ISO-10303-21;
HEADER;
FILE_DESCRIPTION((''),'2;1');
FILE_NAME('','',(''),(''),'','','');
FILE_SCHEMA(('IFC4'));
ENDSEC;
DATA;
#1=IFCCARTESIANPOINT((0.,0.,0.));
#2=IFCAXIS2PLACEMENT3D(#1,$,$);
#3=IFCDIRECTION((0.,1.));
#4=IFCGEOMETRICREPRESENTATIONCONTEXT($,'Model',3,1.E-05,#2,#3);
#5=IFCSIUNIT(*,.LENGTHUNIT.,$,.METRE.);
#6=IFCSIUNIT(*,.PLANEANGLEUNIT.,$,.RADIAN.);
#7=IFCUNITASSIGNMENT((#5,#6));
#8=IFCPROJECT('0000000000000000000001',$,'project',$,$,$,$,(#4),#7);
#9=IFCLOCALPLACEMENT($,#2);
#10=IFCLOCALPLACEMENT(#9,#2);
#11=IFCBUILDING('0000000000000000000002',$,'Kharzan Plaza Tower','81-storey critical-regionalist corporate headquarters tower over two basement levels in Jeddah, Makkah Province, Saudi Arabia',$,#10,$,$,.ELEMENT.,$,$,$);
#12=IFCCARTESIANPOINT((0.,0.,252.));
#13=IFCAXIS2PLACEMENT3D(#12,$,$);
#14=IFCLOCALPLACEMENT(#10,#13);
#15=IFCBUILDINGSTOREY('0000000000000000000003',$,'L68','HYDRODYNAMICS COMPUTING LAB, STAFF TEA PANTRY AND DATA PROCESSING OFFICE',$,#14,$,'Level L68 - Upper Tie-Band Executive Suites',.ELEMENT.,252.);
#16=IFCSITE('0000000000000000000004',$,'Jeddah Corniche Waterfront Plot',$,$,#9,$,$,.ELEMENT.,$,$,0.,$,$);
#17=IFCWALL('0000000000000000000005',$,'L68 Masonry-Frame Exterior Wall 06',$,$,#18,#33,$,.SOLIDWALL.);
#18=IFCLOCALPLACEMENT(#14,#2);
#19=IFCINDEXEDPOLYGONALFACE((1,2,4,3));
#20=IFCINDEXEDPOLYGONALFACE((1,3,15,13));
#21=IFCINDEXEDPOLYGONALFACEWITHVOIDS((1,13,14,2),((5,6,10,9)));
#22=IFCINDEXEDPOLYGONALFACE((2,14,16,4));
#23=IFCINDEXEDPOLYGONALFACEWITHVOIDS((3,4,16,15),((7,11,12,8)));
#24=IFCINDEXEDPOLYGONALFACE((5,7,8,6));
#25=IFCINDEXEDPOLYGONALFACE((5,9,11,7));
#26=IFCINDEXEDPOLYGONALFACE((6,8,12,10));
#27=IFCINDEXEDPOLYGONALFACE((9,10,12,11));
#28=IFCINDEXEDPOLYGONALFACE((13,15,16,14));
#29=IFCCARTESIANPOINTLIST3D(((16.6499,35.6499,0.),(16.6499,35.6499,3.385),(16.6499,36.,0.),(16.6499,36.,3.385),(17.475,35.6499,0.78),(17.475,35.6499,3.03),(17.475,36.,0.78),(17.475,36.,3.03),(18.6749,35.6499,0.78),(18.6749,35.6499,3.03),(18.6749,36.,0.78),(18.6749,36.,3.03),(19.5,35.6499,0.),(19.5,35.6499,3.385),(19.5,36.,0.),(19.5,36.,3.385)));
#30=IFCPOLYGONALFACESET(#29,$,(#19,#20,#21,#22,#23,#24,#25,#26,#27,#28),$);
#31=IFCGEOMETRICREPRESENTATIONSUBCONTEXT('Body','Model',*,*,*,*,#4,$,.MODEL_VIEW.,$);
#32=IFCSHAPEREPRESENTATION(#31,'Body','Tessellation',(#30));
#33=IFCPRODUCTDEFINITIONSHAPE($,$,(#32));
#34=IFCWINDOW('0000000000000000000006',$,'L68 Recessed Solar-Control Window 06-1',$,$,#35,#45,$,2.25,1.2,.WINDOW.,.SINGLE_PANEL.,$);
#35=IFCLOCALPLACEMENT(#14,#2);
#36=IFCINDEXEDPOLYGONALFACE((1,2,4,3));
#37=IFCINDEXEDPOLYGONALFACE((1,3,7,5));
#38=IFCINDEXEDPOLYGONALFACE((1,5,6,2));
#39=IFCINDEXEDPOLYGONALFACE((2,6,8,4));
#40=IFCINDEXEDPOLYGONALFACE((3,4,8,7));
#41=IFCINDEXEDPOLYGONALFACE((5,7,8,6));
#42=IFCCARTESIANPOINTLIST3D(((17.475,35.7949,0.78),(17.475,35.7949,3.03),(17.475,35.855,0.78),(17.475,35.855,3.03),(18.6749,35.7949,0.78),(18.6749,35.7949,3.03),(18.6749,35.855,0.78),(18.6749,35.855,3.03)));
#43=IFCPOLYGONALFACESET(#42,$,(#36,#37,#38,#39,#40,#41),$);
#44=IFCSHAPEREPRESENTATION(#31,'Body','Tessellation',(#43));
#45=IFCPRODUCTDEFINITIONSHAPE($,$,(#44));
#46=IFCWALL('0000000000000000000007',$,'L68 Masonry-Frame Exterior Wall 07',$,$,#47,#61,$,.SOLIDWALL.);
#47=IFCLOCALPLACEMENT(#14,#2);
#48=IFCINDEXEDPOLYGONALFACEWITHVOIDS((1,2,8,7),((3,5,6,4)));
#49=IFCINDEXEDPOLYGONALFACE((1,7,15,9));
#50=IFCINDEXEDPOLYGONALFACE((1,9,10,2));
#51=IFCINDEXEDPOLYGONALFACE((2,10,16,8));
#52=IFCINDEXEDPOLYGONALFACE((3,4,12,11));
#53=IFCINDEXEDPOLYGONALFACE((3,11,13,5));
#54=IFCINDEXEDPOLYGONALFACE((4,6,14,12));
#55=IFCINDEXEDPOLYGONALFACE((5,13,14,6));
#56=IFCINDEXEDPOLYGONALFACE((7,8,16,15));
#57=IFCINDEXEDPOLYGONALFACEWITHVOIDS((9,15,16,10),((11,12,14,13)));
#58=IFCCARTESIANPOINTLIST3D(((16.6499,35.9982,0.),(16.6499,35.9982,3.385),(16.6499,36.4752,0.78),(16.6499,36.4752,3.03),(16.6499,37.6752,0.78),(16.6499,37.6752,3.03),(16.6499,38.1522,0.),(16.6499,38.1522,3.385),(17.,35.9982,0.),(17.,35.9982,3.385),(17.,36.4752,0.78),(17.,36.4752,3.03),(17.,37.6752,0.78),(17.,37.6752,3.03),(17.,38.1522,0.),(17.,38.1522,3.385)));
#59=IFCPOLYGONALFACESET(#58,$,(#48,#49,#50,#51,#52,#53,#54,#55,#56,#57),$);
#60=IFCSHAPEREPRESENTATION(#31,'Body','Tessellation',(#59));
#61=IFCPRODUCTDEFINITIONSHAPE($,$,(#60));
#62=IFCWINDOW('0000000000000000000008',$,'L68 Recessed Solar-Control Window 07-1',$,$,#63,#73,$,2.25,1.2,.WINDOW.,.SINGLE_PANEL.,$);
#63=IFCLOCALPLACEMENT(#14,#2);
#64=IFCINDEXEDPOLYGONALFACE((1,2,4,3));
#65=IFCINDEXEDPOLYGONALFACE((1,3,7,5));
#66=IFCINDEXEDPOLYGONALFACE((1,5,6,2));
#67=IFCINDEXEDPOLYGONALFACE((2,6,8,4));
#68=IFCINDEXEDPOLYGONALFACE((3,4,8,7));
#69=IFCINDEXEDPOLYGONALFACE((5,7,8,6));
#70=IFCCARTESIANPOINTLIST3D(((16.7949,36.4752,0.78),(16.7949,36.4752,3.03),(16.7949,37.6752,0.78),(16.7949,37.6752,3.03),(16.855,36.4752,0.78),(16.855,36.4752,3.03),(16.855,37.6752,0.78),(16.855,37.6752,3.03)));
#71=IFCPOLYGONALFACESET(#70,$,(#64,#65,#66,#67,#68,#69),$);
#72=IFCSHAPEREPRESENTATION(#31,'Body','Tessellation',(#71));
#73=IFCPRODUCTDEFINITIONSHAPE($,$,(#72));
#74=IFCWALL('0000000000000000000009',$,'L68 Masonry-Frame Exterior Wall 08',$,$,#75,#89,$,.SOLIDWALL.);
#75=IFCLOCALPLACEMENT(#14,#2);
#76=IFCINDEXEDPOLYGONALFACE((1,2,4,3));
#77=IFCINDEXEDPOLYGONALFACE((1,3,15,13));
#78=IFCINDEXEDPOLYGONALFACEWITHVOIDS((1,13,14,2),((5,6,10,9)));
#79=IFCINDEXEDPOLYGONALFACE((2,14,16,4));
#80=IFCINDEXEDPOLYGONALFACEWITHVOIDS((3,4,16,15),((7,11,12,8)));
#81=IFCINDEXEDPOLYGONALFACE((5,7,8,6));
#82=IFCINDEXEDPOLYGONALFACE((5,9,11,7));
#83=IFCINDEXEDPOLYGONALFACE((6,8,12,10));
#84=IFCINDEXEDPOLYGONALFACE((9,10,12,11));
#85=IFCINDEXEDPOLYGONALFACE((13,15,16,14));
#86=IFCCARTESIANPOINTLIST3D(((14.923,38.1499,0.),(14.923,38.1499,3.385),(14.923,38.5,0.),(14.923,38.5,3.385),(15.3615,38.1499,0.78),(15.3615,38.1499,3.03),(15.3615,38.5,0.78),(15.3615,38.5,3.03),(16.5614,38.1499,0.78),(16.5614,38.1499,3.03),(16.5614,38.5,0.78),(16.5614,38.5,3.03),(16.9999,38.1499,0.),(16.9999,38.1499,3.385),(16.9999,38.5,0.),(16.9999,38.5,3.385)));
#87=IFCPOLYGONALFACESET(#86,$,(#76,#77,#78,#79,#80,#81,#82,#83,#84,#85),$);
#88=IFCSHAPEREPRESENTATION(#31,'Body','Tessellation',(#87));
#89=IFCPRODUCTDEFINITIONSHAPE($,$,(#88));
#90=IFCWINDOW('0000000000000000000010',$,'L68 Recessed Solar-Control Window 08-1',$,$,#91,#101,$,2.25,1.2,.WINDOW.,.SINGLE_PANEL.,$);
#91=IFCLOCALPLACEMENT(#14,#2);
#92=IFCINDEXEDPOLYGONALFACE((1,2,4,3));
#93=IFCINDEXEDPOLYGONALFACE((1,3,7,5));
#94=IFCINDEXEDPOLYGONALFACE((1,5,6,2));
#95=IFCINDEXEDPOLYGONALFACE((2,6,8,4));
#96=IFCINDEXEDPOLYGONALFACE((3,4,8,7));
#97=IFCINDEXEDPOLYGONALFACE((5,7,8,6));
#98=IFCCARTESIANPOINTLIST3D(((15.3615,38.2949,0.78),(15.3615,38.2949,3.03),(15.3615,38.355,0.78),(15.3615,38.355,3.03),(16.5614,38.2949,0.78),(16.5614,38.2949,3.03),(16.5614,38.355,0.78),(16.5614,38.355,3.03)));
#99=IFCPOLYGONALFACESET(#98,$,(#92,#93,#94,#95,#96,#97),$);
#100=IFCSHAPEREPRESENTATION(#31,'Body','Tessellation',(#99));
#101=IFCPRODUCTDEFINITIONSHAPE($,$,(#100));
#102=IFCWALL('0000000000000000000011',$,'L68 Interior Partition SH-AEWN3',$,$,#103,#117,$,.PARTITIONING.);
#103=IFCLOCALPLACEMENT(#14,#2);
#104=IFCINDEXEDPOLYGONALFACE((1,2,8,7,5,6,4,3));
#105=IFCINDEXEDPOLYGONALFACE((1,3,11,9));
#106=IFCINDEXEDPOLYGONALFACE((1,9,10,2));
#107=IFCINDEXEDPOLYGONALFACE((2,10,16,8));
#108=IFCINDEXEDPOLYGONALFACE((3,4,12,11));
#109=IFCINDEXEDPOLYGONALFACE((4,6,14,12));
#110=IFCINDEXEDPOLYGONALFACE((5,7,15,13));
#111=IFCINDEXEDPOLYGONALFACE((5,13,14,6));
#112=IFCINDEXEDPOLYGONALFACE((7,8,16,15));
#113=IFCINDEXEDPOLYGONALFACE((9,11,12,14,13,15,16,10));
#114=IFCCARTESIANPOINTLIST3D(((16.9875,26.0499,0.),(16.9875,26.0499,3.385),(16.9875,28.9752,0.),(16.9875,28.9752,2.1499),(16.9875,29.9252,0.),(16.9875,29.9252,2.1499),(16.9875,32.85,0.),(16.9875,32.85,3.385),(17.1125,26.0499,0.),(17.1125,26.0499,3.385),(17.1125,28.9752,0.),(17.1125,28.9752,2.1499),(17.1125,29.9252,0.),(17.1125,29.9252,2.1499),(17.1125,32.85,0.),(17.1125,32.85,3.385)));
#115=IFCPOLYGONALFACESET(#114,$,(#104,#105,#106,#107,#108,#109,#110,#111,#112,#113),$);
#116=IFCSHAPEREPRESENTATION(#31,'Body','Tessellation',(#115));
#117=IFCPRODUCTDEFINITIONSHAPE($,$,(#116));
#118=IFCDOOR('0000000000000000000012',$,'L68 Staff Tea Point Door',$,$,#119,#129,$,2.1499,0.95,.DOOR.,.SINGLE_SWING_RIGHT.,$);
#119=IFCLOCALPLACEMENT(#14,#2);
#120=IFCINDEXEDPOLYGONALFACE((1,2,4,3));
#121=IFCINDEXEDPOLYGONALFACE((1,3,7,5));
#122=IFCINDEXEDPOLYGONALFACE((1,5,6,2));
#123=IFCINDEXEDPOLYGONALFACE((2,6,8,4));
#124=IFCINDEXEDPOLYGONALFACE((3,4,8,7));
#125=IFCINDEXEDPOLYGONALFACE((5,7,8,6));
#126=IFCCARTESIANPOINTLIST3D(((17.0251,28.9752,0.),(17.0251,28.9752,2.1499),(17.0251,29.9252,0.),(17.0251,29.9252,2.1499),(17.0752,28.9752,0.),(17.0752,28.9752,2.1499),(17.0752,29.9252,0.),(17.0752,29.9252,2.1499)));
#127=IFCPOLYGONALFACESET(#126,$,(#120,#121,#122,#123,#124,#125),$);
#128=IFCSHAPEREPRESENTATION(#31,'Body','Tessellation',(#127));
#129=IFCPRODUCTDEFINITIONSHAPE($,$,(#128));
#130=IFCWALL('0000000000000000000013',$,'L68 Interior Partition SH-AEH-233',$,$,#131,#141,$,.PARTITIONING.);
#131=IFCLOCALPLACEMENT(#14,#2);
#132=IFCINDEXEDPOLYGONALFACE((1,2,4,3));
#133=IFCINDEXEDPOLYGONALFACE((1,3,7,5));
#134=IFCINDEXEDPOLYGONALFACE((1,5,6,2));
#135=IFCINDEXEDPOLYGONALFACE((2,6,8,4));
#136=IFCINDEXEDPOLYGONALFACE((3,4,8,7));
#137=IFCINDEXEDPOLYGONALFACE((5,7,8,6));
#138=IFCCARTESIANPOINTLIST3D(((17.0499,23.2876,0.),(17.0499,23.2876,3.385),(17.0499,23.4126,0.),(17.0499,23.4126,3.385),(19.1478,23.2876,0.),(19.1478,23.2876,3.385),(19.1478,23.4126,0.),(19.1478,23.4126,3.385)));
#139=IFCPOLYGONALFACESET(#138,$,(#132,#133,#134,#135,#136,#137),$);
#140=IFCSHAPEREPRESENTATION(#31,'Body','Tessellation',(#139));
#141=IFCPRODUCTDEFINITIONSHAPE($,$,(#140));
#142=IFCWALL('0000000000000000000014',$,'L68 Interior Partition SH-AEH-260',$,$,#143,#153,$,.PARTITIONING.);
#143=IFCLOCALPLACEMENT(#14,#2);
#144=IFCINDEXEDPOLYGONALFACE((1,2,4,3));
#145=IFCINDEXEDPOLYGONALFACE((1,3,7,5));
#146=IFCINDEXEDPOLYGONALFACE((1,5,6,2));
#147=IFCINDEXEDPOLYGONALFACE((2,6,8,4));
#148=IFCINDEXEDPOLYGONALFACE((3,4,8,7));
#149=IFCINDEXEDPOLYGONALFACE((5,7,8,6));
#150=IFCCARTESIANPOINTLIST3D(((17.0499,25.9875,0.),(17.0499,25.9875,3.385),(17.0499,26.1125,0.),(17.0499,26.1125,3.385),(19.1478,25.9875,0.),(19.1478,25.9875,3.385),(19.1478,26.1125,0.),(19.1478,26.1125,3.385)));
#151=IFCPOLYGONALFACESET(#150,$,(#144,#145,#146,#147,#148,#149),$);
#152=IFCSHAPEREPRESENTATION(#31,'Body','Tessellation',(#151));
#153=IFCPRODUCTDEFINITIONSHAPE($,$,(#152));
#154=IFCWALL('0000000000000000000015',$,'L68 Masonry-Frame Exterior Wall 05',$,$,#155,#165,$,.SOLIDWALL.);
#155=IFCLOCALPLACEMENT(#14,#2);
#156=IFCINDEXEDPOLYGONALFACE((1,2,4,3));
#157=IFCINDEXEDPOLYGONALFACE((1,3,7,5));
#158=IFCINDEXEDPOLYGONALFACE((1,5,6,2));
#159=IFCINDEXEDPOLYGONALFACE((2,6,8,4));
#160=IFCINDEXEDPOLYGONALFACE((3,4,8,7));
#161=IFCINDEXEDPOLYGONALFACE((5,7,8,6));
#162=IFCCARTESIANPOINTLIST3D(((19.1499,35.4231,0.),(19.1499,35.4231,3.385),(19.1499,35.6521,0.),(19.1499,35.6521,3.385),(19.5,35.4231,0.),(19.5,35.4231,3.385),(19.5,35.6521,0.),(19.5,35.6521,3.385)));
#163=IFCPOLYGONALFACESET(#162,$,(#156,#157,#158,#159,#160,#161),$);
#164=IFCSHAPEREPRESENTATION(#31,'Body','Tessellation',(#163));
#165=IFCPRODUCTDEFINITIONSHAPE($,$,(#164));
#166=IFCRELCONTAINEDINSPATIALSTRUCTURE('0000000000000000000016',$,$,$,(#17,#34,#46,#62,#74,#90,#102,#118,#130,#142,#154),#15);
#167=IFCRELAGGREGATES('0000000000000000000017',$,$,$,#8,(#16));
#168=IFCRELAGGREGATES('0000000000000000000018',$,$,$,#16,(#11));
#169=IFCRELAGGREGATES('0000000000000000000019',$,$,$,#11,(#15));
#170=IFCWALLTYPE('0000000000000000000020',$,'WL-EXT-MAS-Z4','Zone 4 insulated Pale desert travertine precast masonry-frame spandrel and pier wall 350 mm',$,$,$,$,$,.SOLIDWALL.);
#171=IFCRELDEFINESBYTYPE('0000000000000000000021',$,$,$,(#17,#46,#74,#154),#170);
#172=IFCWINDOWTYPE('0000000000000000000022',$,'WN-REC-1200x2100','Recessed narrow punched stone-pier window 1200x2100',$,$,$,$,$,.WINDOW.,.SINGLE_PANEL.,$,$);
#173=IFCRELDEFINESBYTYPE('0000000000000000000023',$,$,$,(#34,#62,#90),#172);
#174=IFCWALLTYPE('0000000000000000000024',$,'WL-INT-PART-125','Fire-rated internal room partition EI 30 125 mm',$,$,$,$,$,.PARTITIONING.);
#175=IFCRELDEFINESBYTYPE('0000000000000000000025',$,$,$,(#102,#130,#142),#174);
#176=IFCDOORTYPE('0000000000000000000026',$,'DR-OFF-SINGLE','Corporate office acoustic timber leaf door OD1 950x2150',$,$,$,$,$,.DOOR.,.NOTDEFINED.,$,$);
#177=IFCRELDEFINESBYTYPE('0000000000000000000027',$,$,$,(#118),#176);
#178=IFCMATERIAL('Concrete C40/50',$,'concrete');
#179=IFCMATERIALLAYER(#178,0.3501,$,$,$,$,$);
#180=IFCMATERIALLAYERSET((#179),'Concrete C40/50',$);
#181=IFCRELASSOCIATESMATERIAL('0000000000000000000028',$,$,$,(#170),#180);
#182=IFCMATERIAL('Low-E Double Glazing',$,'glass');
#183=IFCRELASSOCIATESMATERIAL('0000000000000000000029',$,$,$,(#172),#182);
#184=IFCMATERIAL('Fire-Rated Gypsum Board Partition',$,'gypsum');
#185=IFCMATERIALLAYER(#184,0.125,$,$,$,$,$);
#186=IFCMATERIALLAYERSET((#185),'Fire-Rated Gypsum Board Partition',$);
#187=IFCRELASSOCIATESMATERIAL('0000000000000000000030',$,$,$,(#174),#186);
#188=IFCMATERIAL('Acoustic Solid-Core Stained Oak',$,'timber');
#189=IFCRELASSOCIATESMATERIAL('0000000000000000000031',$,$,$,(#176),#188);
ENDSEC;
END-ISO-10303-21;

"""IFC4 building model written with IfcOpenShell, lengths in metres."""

from ifc_helpers import new_model, si_unit, direction, frame, frame_2d, origin, place, context, subcontext, project, spatial, rectangle, extrude, source, transform, mapped, material, layer, layer_set, type_object, element, fill, save


model = new_model("IFC4")

# Units and contexts
model_context = context("Model", 3, precision=1e-05, world=origin(), true_north=direction((0.0, 1.0)))
body_context = subcontext(model_context, "Body", "Model", "MODEL_VIEW")
ifc_project = project(units=[si_unit("LENGTHUNIT", "METRE"), si_unit("PLANEANGLEUNIT", "RADIAN")], contexts=[model_context])

# Site, building, storey
site_placement = place(None, origin())
site = spatial("IfcSite", under=ifc_project, at=site_placement, Name="Jeddah Corniche Waterfront Plot", CompositionType="ELEMENT", RefElevation=0.0)
building_placement = place(site_placement, origin())
building = spatial("IfcBuilding", under=site, at=building_placement, Name="Kharzan Plaza Tower", Description="81-storey critical-regionalist corporate headquarters tower over two basement levels in Jeddah, Makkah Province, Saudi Arabia", CompositionType="ELEMENT")
storey_placement = place(building_placement, frame((0.0, 0.0, 252.0)))
storey = spatial("IfcBuildingStorey", under=building, at=storey_placement, Name="L68", Description="HYDRODYNAMICS COMPUTING LAB, STAFF TEA PANTRY AND DATA PROCESSING OFFICE", LongName="Level L68 - Upper Tie-Band Executive Suites", CompositionType="ELEMENT", Elevation=252.0)

# Walls, openings, windows
ifc_material_1 = material(Name="Concrete C40/50", Category="concrete")
ifc_layer_1 = layer(ifc_material_1, 0.3501)
ifc_layer_set_1 = layer_set([ifc_layer_1], Name="Concrete C40/50")
wall_type_1 = type_object("IfcWallType", Name="WL-EXT-MAS-Z4", Description="Zone 4 insulated Pale desert travertine precast masonry-frame spandrel and pier wall 350 mm", PredefinedType="SOLIDWALL", material=ifc_layer_set_1)
ifc_material_2 = material(Name="Low-E Double Glazing", Category="glass")
wall_1_placement = place(storey_placement, frame((19.5, 35.825, 0.0), z_axis=(0.0, 0.0, 1.0), x_axis=(-1.0, 0.0, 0.0)))
wall_1 = element("IfcWall", 1, at=wall_1_placement, inside=storey, type_object=wall_type_1, Name="L68 Masonry-Frame Exterior Wall 06", PredefinedType="SOLIDWALL", context=body_context, shape_type="SweptSolid", body=[
    extrude(rectangle(XDim=2.8501, YDim=0.3501, at=frame_2d((1.425, 0.0))), origin(), (0.0, 0.0, 1.0), 3.385),
])
opening_1_placement = place(wall_1_placement, frame((0.825, 0.0, 0.78)))
opening_1 = element("IfcOpeningElement", 2, at=opening_1_placement, cuts=wall_1, PredefinedType="OPENING", context=body_context, shape_type="SweptSolid", body=[
    extrude(rectangle(XDim=1.2, YDim=2.25, at=frame_2d((0.6001, 1.125))), frame((0.0, 0.1851, 0.0), z_axis=(0.0, -1.0, 0.0), x_axis=(1.0, 0.0, 0.0)), (0.0, 0.0, 1.0), 0.3701),
])
window_type_1 = type_object("IfcWindowType", Name="WN-REC-1200x2100", Description="Recessed narrow punched stone-pier window 1200x2100", PartitioningType="SINGLE_PANEL", PredefinedType="WINDOW", material=ifc_material_2)
shared_shape_1 = source(origin(), body_context, "Body", "SweptSolid", [
    extrude(rectangle(XDim=1.2, YDim=2.25, at=frame_2d((0.6001, 1.125))), frame((0.0, 0.03, 0.0), z_axis=(0.0, -1.0, 0.0), x_axis=(1.0, 0.0, 0.0)), (0.0, 0.0, 1.0), 0.0601),
])
window_1_placement = place(opening_1_placement, origin())
window_1 = element("IfcWindow", 3, at=window_1_placement, inside=storey, type_object=window_type_1, Name="L68 Recessed Solar-Control Window 06-1", OverallHeight=2.25, OverallWidth=1.2, PartitioningType="SINGLE_PANEL", PredefinedType="WINDOW", context=body_context, shape_type="MappedRepresentation", body=[
    mapped(shared_shape_1, transform((0.0, 0.0, 0.0), x_axis=(1.0, 0.0, 0.0), y_axis=(0.0, 1.0, 0.0), z_axis=(0.0, 0.0, 1.0))),
])
fill(opening_1, window_1)
wall_2_placement = place(storey_placement, frame((16.825, 35.998, 0.0), z_axis=(0.0, 0.0, 1.0), x_axis=(0.0, 1.0, 0.0)))
wall_2 = element("IfcWall", 4, at=wall_2_placement, inside=storey, type_object=wall_type_1, Name="L68 Masonry-Frame Exterior Wall 07", PredefinedType="SOLIDWALL", context=body_context, shape_type="SweptSolid", body=[
    extrude(rectangle(XDim=2.1541, YDim=0.3501, at=frame_2d((1.0771, 0.0))), origin(), (0.0, 0.0, 1.0), 3.385),
])
opening_2_placement = place(wall_2_placement, frame((0.4771, 0.0, 0.78)))
opening_2 = element("IfcOpeningElement", 5, at=opening_2_placement, cuts=wall_2, PredefinedType="OPENING", context=body_context, shape_type="SweptSolid", body=[
    extrude(rectangle(XDim=1.2, YDim=2.25, at=frame_2d((0.6001, 1.125))), frame((0.0, 0.1851, 0.0), z_axis=(0.0, -1.0, 0.0), x_axis=(1.0, 0.0, 0.0)), (0.0, 0.0, 1.0), 0.3701),
])
window_2_placement = place(opening_2_placement, origin())
window_2 = element("IfcWindow", 6, at=window_2_placement, inside=storey, type_object=window_type_1, Name="L68 Recessed Solar-Control Window 07-1", OverallHeight=2.25, OverallWidth=1.2, PartitioningType="SINGLE_PANEL", PredefinedType="WINDOW", context=body_context, shape_type="MappedRepresentation", body=[
    mapped(shared_shape_1, transform((0.0, 0.0, 0.0), x_axis=(1.0, 0.0, 0.0), y_axis=(0.0, 1.0, 0.0), z_axis=(0.0, 0.0, 1.0))),
])
fill(opening_2, window_2)
wall_3_placement = place(storey_placement, frame((17.0, 38.325, 0.0), z_axis=(0.0, 0.0, 1.0), x_axis=(-1.0, 0.0, 0.0)))
wall_3 = element("IfcWall", 7, at=wall_3_placement, inside=storey, type_object=wall_type_1, Name="L68 Masonry-Frame Exterior Wall 08", PredefinedType="SOLIDWALL", context=body_context, shape_type="SweptSolid", body=[
    extrude(rectangle(XDim=2.0769, YDim=0.3501, at=frame_2d((1.0386, 0.0))), origin(), (0.0, 0.0, 1.0), 3.385),
])
opening_3_placement = place(wall_3_placement, frame((0.4385, 0.0, 0.78)))
opening_3 = element("IfcOpeningElement", 8, at=opening_3_placement, cuts=wall_3, PredefinedType="OPENING", context=body_context, shape_type="SweptSolid", body=[
    extrude(rectangle(XDim=1.2, YDim=2.25, at=frame_2d((0.6001, 1.125))), frame((0.0, 0.1851, 0.0), z_axis=(0.0, -1.0, 0.0), x_axis=(1.0, 0.0, 0.0)), (0.0, 0.0, 1.0), 0.3701),
])
window_3_placement = place(opening_3_placement, origin())
window_3 = element("IfcWindow", 9, at=window_3_placement, inside=storey, type_object=window_type_1, Name="L68 Recessed Solar-Control Window 08-1", OverallHeight=2.25, OverallWidth=1.2, PartitioningType="SINGLE_PANEL", PredefinedType="WINDOW", context=body_context, shape_type="MappedRepresentation", body=[
    mapped(shared_shape_1, transform((0.0, 0.0, 0.0), x_axis=(1.0, 0.0, 0.0), y_axis=(0.0, 1.0, 0.0), z_axis=(0.0, 0.0, 1.0))),
])
fill(opening_3, window_3)

# Wall, opening, door
ifc_material_3 = material(Name="Fire-Rated Gypsum Board Partition", Category="gypsum")
ifc_layer_2 = layer(ifc_material_3, 0.125)
ifc_layer_set_2 = layer_set([ifc_layer_2], Name="Fire-Rated Gypsum Board Partition")
wall_type_2 = type_object("IfcWallType", Name="WL-INT-PART-125", Description="Fire-rated internal room partition EI 30 125 mm", PredefinedType="PARTITIONING", material=ifc_layer_set_2)
wall_4_placement = place(storey_placement, frame((17.05, 26.05, 0.0), z_axis=(0.0, 0.0, 1.0), x_axis=(0.0, 1.0, 0.0)))
wall_4 = element("IfcWall", 10, at=wall_4_placement, inside=storey, type_object=wall_type_2, Name="L68 Interior Partition SH-AEWN3", PredefinedType="PARTITIONING", context=body_context, shape_type="SweptSolid", body=[
    extrude(rectangle(XDim=6.8, YDim=0.125, at=frame_2d((3.3999, 0.0))), origin(), (0.0, 0.0, 1.0), 3.385),
])
opening_4_placement = place(wall_4_placement, frame((2.925, 0.0, 0.0)))
opening_4 = element("IfcOpeningElement", 11, at=opening_4_placement, cuts=wall_4, PredefinedType="OPENING", context=body_context, shape_type="SweptSolid", body=[
    extrude(rectangle(XDim=0.95, YDim=2.1499, at=frame_2d((0.4751, 1.075))), frame((0.0, 0.0725, 0.0), z_axis=(0.0, -1.0, 0.0), x_axis=(1.0, 0.0, 0.0)), (0.0, 0.0, 1.0), 0.145),
])
ifc_material_4 = material(Name="Acoustic Solid-Core Stained Oak", Category="timber")
door_type_1 = type_object("IfcDoorType", Name="DR-OFF-SINGLE", Description="Corporate office acoustic timber leaf door OD1 950x2150", OperationType="NOTDEFINED", PredefinedType="DOOR", material=ifc_material_4)
shared_shape_2 = source(origin(), body_context, "Body", "SweptSolid", [
    extrude(rectangle(XDim=0.95, YDim=2.1499, at=frame_2d((0.4751, 1.075))), frame((0.0, 0.0249, 0.0), z_axis=(0.0, -1.0, 0.0), x_axis=(1.0, 0.0, 0.0)), (0.0, 0.0, 1.0), 0.05),
])
door_1_placement = place(opening_4_placement, origin())
door_1 = element("IfcDoor", 12, at=door_1_placement, inside=storey, type_object=door_type_1, Name="L68 Staff Tea Point Door", OperationType="SINGLE_SWING_RIGHT", OverallHeight=2.1499, OverallWidth=0.95, PredefinedType="DOOR", context=body_context, shape_type="MappedRepresentation", body=[
    mapped(shared_shape_2, transform((0.0, 0.0, 0.0), x_axis=(1.0, 0.0, 0.0), y_axis=(0.0, 1.0, 0.0), z_axis=(0.0, 0.0, 1.0))),
])
fill(opening_4, door_1)

# Walls
shared_shape_3 = source(origin(), body_context, "Body", "SweptSolid", [
    extrude(rectangle(XDim=2.0979, YDim=0.125, at=frame_2d((1.0488, 0.0))), origin(), (0.0, 0.0, 1.0), 3.385),
])
for number, where, z_axis, x_axis, name in (
    (13, (17.05, 23.3501, 0.0), (0.0, 0.0, 1.0), (1.0, 0.0, 0.0), "L68 Interior Partition SH-AEH-233"),
    (14, (17.05, 26.05, 0.0), (0.0, 0.0, 1.0), (1.0, 0.0, 0.0), "L68 Interior Partition SH-AEH-260"),
):
    element("IfcWall", number, at=place(storey_placement, frame(where, z_axis=z_axis, x_axis=x_axis)), inside=storey, type_object=wall_type_2, Name=name, PredefinedType="PARTITIONING", context=body_context, shape_type="MappedRepresentation", body=[
        mapped(shared_shape_3, transform((0.0, 0.0, 0.0), x_axis=(1.0, 0.0, 0.0), y_axis=(0.0, 1.0, 0.0), z_axis=(0.0, 0.0, 1.0))),
    ])
shared_shape_4 = source(origin(), body_context, "Body", "SweptSolid", [
    extrude(rectangle(XDim=0.229, YDim=0.3501, at=frame_2d((0.1145, 0.0))), origin(), (0.0, 0.0, 1.0), 3.385),
])
wall_5_placement = place(storey_placement, frame((19.325, 35.4231, 0.0), z_axis=(0.0, 0.0, 1.0), x_axis=(0.0, 1.0, 0.0)))
element("IfcWall", 15, at=wall_5_placement, inside=storey, type_object=wall_type_1, Name="L68 Masonry-Frame Exterior Wall 05", PredefinedType="SOLIDWALL", context=body_context, shape_type="MappedRepresentation", body=[
    mapped(shared_shape_4, transform((0.0, 0.0, 0.0), x_axis=(1.0, 0.0, 0.0), y_axis=(0.0, 1.0, 0.0), z_axis=(0.0, 0.0, 1.0))),
])

save(model, "model.ifc")
